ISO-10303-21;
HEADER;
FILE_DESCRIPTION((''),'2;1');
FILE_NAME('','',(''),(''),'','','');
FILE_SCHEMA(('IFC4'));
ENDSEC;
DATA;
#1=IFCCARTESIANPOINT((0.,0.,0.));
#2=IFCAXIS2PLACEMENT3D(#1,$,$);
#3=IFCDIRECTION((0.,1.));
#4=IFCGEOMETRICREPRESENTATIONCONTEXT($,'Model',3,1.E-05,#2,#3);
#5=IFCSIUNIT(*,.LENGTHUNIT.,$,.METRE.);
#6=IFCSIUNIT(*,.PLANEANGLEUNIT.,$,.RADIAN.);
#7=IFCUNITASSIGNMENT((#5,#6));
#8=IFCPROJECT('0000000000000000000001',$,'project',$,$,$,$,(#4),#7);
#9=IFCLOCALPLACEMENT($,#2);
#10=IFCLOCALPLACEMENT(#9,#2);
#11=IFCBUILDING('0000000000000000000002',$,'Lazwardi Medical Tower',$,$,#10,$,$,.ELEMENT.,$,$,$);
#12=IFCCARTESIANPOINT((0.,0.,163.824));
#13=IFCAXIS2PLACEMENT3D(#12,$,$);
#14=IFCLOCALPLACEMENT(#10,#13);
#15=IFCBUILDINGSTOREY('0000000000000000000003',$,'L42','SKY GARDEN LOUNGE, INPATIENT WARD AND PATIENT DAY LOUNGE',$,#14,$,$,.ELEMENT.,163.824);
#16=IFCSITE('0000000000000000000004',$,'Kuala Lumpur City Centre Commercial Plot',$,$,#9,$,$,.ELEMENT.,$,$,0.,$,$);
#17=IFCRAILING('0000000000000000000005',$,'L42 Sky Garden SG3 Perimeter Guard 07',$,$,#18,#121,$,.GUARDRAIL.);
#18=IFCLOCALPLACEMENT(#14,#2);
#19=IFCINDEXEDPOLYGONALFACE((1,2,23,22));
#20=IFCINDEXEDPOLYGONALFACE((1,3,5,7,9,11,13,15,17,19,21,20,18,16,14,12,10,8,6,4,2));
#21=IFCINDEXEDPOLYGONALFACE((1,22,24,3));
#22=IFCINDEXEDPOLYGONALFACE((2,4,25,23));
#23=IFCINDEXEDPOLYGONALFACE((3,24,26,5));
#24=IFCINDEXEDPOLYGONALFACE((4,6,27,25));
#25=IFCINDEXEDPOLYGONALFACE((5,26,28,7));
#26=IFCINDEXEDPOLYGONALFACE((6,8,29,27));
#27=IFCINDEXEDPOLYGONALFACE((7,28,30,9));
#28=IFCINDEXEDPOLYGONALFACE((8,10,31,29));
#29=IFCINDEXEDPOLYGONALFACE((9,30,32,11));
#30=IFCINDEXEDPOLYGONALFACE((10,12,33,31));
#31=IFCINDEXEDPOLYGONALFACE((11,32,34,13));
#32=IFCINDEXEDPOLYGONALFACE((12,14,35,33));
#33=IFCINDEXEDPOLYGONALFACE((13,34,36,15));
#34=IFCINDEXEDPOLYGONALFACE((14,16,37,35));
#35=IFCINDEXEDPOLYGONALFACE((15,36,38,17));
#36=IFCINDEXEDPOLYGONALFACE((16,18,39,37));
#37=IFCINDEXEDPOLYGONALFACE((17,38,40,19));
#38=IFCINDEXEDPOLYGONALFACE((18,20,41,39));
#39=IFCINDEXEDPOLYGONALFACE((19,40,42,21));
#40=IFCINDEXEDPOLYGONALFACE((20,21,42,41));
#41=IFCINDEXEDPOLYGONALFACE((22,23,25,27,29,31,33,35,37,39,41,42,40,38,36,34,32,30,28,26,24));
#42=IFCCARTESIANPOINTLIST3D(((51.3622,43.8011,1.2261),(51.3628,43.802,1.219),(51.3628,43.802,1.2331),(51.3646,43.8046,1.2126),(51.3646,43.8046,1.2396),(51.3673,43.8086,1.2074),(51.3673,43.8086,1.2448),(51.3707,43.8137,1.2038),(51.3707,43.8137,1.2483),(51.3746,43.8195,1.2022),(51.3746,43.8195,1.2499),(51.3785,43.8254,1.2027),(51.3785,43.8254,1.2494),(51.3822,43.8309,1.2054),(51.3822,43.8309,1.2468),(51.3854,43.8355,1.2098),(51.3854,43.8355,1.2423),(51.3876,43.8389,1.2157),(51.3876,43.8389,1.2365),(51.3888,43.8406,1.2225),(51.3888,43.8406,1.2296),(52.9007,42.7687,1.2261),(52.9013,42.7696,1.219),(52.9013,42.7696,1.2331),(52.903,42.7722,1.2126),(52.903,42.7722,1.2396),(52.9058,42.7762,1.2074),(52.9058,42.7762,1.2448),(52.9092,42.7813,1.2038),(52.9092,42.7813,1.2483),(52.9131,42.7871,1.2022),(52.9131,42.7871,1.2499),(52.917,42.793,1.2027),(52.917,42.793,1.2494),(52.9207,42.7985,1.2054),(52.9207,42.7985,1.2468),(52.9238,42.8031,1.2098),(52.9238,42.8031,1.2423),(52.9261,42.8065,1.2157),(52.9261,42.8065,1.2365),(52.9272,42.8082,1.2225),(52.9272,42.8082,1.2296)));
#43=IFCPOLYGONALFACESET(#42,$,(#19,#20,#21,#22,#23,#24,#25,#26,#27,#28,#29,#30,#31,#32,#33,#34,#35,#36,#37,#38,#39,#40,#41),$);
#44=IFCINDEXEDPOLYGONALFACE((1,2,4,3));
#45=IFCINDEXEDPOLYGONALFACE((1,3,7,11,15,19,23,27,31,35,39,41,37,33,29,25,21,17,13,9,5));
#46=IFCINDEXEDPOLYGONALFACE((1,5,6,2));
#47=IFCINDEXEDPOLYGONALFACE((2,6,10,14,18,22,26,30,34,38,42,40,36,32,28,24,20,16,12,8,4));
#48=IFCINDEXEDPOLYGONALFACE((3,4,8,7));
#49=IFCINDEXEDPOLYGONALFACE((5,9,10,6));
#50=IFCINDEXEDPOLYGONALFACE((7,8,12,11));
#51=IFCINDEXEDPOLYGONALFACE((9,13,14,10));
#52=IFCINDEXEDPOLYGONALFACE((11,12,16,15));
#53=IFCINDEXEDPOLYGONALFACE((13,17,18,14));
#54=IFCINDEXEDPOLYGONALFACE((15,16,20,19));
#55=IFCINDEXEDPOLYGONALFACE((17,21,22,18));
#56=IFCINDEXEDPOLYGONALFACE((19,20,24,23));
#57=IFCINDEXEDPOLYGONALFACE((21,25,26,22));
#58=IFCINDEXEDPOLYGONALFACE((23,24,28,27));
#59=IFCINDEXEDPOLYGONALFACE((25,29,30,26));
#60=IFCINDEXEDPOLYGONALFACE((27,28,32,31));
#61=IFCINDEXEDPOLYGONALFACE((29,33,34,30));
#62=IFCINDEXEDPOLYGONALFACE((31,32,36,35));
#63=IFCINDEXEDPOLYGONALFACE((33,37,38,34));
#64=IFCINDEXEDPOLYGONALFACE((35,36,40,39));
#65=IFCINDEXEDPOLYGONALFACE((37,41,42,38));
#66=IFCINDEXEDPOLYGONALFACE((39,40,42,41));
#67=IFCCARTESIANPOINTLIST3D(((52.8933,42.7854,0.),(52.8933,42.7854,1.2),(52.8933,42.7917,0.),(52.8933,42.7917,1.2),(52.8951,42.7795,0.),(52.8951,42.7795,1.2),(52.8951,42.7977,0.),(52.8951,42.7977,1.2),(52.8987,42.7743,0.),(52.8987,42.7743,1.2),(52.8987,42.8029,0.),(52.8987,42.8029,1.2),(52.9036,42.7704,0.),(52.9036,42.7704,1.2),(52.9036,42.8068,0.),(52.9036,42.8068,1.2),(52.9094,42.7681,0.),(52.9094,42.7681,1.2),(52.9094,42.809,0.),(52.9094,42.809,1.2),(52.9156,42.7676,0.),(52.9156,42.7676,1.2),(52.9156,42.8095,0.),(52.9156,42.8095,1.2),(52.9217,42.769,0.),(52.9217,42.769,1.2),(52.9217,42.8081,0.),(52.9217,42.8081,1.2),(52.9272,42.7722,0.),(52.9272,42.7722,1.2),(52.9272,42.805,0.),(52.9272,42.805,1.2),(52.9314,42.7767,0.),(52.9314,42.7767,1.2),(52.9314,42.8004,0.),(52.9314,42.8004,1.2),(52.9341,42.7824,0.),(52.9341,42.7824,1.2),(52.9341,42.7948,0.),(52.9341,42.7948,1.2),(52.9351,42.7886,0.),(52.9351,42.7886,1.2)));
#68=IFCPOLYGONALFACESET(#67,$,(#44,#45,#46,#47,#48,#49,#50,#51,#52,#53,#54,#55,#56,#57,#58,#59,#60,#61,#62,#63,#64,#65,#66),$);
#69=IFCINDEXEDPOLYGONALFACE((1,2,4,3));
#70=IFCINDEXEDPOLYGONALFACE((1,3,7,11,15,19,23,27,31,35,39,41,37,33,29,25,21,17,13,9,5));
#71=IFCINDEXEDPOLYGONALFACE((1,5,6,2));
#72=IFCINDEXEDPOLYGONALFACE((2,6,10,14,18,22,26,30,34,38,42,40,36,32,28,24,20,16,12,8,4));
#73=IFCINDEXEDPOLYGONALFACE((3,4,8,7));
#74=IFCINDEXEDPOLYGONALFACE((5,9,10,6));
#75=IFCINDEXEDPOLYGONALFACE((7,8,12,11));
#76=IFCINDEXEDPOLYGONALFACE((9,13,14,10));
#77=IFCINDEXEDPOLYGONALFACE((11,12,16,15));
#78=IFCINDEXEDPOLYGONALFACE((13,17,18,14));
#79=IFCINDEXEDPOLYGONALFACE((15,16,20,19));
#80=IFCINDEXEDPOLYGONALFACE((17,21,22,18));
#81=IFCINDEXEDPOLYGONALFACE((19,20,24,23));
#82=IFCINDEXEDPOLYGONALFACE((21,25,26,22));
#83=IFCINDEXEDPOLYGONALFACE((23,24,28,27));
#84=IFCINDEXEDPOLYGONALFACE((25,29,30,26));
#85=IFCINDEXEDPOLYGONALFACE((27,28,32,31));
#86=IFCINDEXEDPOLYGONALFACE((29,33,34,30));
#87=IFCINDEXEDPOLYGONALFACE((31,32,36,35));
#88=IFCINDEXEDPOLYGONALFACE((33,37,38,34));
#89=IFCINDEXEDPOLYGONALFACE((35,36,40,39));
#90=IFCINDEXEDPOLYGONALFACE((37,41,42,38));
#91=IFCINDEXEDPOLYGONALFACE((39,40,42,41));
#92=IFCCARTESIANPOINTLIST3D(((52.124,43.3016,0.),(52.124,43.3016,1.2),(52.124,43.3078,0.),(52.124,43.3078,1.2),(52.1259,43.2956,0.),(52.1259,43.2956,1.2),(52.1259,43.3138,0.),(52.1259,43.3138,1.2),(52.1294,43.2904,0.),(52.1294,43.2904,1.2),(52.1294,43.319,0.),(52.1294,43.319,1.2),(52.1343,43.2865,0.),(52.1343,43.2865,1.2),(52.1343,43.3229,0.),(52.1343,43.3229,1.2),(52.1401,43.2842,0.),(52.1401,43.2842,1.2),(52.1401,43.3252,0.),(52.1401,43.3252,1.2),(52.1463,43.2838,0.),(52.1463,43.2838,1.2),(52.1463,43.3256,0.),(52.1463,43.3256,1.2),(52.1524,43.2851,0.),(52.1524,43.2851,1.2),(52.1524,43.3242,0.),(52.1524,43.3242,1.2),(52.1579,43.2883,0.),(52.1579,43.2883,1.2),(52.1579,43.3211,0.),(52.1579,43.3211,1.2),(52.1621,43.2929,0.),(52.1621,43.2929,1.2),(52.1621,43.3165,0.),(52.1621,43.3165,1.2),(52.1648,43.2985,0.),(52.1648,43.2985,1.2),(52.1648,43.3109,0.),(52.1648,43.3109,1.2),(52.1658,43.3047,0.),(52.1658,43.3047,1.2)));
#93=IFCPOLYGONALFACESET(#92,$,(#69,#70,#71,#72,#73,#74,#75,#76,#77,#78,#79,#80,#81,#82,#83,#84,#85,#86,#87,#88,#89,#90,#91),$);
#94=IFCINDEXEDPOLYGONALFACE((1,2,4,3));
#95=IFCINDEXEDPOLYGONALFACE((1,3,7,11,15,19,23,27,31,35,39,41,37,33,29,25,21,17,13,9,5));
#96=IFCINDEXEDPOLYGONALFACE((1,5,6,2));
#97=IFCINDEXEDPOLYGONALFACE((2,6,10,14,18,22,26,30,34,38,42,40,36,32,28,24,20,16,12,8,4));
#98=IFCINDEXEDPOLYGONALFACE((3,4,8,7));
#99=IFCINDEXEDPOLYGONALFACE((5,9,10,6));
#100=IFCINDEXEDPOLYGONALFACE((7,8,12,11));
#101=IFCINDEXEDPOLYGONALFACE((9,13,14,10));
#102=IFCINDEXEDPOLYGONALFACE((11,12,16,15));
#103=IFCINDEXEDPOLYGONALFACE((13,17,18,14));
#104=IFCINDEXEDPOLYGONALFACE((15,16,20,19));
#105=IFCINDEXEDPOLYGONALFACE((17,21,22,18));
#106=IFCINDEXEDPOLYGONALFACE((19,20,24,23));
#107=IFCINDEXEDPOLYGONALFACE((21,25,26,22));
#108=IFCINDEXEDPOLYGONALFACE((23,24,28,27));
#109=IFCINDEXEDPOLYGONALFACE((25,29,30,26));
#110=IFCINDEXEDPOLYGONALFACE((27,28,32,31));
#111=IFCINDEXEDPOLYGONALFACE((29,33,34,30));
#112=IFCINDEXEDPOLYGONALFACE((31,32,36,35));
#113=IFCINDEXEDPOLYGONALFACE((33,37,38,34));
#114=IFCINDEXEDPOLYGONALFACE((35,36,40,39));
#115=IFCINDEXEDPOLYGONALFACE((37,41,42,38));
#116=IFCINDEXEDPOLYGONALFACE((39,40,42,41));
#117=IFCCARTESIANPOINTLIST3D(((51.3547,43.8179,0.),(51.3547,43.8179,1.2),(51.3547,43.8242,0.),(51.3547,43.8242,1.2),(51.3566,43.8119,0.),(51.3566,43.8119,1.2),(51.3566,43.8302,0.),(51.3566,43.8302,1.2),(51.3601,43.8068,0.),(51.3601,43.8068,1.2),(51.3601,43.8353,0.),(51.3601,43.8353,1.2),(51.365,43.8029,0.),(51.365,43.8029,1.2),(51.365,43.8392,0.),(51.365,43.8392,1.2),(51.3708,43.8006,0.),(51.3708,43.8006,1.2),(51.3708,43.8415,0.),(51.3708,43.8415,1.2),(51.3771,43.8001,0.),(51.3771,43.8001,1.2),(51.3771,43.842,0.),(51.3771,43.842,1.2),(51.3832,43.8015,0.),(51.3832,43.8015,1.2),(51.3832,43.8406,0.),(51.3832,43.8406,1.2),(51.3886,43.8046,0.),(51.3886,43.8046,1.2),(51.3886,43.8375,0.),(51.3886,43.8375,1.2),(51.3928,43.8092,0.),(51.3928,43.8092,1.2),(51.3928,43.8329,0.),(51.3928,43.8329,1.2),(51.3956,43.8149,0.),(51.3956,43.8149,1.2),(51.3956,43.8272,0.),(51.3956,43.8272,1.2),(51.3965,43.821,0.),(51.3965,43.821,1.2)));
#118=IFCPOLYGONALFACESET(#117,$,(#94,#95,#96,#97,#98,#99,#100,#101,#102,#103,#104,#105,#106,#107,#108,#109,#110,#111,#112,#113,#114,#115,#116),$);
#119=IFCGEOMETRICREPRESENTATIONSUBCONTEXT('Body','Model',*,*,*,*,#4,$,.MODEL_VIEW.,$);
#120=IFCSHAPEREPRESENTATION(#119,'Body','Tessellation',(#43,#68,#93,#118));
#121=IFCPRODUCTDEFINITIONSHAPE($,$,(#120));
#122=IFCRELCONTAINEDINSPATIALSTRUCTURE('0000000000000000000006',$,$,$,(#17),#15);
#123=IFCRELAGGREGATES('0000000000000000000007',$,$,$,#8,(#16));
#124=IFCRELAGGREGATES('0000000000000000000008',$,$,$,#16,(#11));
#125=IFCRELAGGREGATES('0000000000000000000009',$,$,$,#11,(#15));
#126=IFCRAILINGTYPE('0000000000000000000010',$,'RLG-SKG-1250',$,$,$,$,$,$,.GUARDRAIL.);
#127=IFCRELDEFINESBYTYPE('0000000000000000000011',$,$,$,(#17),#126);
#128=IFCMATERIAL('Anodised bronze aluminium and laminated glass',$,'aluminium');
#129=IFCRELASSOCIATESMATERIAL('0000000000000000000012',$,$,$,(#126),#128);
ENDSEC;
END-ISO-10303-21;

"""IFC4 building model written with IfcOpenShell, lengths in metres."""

from ifc_helpers import new_model, si_unit, direction, frame, origin, origin_2d, place, context, subcontext, project, spatial, circle, extrude, material, type_object, element, save


model = new_model("IFC4")

# Units and contexts
model_context = context("Model", 3, precision=1e-05, world=origin(), true_north=direction((0.0, 1.0)))
body_context = subcontext(model_context, "Body", "Model", "MODEL_VIEW")
ifc_project = project(units=[si_unit("LENGTHUNIT", "METRE"), si_unit("PLANEANGLEUNIT", "RADIAN")], contexts=[model_context])

# Site, building, storey
site_placement = place(None, origin())
site = spatial("IfcSite", under=ifc_project, at=site_placement, Name="Kuala Lumpur City Centre Commercial Plot", CompositionType="ELEMENT", RefElevation=0.0)
building_placement = place(site_placement, origin())
building = spatial("IfcBuilding", under=site, at=building_placement, Name="Lazwardi Medical Tower", CompositionType="ELEMENT")
storey_placement = place(building_placement, frame((0.0, 0.0, 163.824)))
storey = spatial("IfcBuildingStorey", under=building, at=storey_placement, Name="L42", Description="SKY GARDEN LOUNGE, INPATIENT WARD AND PATIENT DAY LOUNGE", CompositionType="ELEMENT", Elevation=163.824)

# Railing
ifc_material_1 = material(Name="Anodised bronze aluminium and laminated glass", Category="aluminium")
railing_type = type_object("IfcRailingType", Name="RLG-SKG-1250", PredefinedType="GUARDRAIL", material=ifc_material_1)
railing_1_placement = place(storey_placement, frame((52.9141, 42.7886, 0.0)))
element("IfcRailing", 1, at=railing_1_placement, inside=storey, type_object=railing_type, Name="L42 Sky Garden SG3 Perimeter Guard 07", PredefinedType="GUARDRAIL", context=body_context, shape_type="SweptSolid", body=[
    extrude(circle(Radius=0.0239, at=origin_2d()), frame((0.0, 0.0, 1.2261), z_axis=(-0.830364, 0.557221, 0.0), x_axis=(-0.557221, -0.830364, 0.0)), (0.0, 0.0, 1.0), 1.8528),
    extrude(circle(Radius=0.021, at=origin_2d()), origin(), (0.0, 0.0, 1.0), 1.2),
    extrude(circle(Radius=0.021, at=origin_2d()), frame((-0.7693, 0.5161, 0.0)), (0.0, 0.0, 1.0), 1.2),
    extrude(circle(Radius=0.021, at=origin_2d()), frame((-1.5386, 1.0325, 0.0)), (0.0, 0.0, 1.0), 1.2),
])

save(model, "model.ifc")
